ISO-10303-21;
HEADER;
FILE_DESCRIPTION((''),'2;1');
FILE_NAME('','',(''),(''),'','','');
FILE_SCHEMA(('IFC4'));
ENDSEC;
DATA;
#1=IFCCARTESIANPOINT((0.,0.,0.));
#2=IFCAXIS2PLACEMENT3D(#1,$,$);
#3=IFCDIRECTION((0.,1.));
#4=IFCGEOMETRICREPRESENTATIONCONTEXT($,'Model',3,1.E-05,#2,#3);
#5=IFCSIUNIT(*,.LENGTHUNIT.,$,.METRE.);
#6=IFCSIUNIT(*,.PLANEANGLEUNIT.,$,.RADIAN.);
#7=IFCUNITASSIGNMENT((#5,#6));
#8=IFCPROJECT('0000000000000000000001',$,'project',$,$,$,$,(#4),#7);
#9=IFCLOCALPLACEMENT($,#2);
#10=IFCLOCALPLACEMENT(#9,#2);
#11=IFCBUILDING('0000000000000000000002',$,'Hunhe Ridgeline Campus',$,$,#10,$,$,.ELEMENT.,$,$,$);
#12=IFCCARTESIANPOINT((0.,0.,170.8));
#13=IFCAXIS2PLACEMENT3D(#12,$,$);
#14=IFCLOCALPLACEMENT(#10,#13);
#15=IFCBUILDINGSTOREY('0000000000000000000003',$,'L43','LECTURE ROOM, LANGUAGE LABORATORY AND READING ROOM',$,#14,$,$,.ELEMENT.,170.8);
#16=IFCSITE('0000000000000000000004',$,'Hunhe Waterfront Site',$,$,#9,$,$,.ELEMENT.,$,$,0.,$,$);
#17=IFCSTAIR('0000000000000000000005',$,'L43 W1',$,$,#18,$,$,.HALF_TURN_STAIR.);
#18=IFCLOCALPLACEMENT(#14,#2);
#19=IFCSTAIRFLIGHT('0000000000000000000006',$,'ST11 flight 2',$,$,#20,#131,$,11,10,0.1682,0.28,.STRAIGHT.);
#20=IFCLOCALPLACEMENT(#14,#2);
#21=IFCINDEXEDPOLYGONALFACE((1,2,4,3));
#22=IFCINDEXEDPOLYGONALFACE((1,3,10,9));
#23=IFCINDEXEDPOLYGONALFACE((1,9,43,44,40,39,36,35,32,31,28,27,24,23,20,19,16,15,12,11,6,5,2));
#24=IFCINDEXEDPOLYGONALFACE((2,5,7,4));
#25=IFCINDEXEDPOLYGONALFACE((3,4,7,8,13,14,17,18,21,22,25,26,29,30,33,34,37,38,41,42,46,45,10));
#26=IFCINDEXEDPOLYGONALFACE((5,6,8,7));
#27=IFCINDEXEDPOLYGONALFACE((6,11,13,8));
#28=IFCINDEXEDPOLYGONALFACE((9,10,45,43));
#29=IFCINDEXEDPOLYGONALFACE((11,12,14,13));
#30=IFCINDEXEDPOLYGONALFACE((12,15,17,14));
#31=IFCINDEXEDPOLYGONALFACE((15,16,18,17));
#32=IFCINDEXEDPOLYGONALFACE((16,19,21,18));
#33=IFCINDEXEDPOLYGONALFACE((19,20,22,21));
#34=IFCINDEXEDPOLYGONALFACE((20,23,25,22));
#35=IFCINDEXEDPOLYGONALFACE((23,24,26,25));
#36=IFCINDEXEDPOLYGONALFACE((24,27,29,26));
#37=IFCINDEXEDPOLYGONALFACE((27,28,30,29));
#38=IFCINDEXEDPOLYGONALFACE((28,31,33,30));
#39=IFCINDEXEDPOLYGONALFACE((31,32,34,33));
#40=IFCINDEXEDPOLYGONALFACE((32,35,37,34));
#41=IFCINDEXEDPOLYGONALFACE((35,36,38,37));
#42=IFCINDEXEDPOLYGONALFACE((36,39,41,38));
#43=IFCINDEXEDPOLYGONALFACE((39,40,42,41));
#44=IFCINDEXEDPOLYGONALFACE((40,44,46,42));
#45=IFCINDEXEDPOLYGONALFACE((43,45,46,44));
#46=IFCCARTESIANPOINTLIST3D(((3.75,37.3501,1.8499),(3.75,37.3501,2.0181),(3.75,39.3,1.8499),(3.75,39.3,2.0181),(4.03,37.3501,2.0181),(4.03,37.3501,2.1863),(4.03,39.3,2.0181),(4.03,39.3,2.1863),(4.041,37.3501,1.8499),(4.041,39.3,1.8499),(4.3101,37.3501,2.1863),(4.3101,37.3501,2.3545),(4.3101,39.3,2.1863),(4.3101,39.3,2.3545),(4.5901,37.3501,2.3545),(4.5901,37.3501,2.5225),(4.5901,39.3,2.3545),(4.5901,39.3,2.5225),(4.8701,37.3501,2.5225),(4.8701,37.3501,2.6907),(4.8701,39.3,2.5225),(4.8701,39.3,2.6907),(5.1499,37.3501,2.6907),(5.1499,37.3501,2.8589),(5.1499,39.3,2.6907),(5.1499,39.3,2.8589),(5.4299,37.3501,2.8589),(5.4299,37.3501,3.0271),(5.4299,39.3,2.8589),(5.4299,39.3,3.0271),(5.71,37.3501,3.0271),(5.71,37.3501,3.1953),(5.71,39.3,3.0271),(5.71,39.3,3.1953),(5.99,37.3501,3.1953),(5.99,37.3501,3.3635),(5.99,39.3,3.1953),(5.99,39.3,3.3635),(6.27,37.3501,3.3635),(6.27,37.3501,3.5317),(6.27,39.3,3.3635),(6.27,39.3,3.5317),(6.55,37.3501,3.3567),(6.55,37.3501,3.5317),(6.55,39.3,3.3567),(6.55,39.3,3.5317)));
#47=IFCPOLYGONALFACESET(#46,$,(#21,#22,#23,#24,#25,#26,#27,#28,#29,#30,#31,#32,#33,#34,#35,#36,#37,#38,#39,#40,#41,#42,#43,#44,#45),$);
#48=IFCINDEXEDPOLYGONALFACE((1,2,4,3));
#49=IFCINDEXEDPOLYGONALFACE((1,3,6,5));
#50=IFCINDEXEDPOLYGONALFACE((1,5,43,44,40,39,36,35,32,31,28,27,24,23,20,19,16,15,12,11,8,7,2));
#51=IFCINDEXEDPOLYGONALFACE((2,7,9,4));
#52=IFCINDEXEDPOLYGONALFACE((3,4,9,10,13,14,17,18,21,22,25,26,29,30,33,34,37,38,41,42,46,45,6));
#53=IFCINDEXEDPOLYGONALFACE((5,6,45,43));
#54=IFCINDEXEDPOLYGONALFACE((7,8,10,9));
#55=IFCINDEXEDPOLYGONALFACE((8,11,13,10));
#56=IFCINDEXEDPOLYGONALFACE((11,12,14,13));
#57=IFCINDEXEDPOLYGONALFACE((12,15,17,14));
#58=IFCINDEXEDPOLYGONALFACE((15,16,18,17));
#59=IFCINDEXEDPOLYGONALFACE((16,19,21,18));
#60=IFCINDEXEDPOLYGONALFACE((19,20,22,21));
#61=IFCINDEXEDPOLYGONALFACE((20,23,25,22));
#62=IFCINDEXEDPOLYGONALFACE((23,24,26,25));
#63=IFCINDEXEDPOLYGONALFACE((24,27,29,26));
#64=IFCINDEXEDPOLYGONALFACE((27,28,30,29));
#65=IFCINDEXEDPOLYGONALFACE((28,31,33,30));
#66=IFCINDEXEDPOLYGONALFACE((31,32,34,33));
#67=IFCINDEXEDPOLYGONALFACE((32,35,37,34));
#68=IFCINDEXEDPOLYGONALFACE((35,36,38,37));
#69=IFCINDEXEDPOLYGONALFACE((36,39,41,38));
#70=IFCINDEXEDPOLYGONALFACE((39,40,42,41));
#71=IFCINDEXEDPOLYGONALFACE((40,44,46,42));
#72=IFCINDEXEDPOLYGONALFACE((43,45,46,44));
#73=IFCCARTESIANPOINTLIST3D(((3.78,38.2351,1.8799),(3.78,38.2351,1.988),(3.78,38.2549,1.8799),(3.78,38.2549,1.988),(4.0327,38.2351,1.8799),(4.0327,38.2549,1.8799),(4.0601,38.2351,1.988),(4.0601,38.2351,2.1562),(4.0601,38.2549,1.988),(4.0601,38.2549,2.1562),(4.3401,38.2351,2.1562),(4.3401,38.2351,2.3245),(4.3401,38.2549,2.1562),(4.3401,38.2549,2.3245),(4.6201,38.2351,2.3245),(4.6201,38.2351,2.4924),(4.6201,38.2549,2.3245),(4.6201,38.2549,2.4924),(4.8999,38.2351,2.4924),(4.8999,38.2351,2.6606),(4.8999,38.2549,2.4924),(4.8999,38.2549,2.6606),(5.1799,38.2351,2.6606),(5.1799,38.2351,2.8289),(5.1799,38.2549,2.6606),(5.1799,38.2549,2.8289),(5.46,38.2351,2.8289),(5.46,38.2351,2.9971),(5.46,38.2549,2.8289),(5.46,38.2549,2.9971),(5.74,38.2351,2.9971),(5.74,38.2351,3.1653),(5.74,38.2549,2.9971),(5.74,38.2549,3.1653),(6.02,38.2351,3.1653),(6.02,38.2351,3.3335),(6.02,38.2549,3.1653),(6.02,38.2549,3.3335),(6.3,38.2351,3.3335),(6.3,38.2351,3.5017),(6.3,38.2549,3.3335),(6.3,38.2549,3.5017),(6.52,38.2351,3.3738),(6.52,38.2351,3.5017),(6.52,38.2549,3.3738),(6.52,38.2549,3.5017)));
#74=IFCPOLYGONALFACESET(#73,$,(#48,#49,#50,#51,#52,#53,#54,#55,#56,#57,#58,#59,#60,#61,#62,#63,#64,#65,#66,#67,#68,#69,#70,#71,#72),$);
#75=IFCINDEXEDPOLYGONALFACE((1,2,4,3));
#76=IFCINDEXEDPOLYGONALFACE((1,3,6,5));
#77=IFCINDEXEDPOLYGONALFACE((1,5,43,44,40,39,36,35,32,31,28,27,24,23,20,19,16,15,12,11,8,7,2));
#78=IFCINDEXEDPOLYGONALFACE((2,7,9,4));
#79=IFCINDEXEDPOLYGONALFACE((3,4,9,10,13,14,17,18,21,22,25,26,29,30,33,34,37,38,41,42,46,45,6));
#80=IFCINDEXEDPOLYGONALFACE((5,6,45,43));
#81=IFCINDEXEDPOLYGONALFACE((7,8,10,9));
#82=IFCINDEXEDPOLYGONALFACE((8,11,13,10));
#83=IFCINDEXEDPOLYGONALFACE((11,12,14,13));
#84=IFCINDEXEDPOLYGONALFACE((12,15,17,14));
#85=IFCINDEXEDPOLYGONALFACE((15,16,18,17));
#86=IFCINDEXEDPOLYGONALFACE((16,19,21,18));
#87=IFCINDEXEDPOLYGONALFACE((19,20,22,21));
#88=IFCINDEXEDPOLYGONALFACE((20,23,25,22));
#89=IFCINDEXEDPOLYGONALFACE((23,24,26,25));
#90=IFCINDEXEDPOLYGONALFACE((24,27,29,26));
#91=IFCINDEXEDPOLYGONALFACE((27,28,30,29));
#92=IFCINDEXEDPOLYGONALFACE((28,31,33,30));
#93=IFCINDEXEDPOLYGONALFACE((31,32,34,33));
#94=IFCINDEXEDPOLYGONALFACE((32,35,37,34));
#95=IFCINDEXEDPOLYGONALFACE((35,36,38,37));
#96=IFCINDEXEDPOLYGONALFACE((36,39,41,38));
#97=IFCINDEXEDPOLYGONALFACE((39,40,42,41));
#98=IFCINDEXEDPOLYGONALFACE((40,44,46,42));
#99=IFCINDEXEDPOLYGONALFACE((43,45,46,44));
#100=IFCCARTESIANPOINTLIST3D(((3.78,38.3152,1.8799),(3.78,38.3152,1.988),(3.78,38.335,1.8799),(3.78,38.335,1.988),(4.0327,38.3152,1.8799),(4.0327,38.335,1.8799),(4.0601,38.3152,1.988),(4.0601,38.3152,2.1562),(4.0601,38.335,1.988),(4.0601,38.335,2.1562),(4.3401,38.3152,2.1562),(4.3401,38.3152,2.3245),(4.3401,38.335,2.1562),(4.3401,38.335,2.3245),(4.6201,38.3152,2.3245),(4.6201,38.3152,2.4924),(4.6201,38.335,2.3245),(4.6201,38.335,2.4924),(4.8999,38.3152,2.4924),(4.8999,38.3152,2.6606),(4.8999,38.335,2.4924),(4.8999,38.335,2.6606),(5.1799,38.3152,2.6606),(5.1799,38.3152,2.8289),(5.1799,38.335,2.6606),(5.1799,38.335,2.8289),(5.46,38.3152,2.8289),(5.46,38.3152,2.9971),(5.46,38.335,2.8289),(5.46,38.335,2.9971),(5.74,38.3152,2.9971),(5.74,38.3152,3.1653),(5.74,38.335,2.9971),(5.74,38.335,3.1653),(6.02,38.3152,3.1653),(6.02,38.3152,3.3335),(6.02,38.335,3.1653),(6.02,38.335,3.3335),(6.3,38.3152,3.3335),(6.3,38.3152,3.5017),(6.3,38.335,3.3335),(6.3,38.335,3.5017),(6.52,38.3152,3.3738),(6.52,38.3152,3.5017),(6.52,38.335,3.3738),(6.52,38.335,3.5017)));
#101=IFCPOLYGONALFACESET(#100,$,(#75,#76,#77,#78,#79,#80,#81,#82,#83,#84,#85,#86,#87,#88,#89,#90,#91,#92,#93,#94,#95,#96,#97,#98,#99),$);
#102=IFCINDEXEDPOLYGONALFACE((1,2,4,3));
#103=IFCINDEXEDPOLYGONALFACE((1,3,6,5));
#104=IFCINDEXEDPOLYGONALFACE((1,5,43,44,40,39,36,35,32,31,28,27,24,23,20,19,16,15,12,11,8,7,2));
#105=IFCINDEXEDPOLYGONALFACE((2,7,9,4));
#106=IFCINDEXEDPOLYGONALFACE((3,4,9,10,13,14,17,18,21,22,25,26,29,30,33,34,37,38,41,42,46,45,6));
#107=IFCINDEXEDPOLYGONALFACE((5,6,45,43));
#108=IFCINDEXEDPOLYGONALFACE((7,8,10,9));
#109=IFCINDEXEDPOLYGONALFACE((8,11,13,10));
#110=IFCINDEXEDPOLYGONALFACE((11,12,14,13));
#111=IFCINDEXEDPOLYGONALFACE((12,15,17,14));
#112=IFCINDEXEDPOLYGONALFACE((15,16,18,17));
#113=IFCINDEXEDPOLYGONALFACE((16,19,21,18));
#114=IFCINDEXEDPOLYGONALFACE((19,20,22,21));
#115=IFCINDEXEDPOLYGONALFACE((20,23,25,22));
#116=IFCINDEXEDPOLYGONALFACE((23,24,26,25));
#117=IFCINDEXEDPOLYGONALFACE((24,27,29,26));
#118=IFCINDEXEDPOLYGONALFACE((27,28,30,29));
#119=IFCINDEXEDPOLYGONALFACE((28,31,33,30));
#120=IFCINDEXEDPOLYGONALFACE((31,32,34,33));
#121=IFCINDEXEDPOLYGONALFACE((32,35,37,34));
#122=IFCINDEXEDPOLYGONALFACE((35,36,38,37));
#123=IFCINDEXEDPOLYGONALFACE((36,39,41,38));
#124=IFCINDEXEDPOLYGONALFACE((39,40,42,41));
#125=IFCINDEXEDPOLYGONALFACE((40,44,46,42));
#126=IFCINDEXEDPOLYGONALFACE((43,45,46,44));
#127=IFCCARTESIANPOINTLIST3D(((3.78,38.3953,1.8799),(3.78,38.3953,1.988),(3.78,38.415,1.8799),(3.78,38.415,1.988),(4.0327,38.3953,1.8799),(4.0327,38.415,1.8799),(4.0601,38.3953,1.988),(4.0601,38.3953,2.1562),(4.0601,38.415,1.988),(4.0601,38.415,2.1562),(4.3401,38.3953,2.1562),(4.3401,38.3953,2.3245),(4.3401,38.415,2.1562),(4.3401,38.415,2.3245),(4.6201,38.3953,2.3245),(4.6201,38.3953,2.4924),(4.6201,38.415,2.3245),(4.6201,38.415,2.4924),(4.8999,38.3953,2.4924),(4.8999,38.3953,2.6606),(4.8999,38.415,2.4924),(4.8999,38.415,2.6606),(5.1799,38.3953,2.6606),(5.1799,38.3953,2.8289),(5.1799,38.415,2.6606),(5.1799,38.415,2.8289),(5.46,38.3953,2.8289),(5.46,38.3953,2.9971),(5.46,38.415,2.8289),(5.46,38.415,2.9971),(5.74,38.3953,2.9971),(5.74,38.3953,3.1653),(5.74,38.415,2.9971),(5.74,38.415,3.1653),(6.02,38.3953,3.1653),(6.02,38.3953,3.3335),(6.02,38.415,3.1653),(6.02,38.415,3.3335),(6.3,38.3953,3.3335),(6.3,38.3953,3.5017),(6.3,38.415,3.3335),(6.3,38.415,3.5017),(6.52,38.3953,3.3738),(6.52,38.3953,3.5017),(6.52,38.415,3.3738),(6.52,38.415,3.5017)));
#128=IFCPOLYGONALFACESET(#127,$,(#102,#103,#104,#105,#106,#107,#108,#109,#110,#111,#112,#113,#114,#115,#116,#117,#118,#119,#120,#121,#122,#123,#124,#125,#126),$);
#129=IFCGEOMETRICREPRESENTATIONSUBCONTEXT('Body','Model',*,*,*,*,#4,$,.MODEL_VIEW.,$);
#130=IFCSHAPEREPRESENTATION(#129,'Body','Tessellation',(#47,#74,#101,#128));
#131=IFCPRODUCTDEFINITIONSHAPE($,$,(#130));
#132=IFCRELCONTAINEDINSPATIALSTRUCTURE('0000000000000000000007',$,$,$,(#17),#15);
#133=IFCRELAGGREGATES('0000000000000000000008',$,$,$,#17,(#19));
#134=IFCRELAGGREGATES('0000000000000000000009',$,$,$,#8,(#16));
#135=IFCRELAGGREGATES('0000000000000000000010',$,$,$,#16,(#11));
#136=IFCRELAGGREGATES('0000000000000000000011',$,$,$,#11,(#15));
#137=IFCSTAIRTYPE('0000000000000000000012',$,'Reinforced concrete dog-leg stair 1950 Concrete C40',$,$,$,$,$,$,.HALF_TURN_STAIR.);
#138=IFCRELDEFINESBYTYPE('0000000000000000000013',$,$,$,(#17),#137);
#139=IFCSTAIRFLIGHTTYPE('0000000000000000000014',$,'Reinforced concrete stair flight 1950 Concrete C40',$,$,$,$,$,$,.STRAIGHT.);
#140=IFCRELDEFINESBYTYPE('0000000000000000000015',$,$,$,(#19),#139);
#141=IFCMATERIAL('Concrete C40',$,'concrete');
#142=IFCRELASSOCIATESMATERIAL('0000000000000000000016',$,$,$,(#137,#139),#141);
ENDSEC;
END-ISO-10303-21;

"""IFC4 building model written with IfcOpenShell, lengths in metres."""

from ifc_helpers import new_model, si_unit, direction, frame, origin, place, context, subcontext, project, spatial, polyline, outline, extrude, material, type_object, element, aggregate, save


model = new_model("IFC4")

# Units and contexts
model_context = context("Model", 3, precision=1e-05, world=origin(), true_north=direction((0.0, 1.0)))
body_context = subcontext(model_context, "Body", "Model", "MODEL_VIEW")
ifc_project = project(units=[si_unit("LENGTHUNIT", "METRE"), si_unit("PLANEANGLEUNIT", "RADIAN")], contexts=[model_context])

# Site, building, storey
site_placement = place(None, origin())
site = spatial("IfcSite", under=ifc_project, at=site_placement, Name="Hunhe Waterfront Site", CompositionType="ELEMENT", RefElevation=0.0)
building_placement = place(site_placement, origin())
building = spatial("IfcBuilding", under=site, at=building_placement, Name="Hunhe Ridgeline Campus", CompositionType="ELEMENT")
storey_placement = place(building_placement, frame((0.0, 0.0, 170.8)))
storey = spatial("IfcBuildingStorey", under=building, at=storey_placement, Name="L43", Description="LECTURE ROOM, LANGUAGE LABORATORY AND READING ROOM", CompositionType="ELEMENT", Elevation=170.8)

# Shared definitions
ifc_material_1 = material(Name="Concrete C40", Category="concrete")
stair_type = type_object("IfcStairType", Name="Reinforced concrete dog-leg stair 1950 Concrete C40", PredefinedType="HALF_TURN_STAIR", material=ifc_material_1)
stair_flight_type = type_object("IfcStairFlightType", Name="Reinforced concrete stair flight 1950 Concrete C40", PredefinedType="STRAIGHT", material=ifc_material_1)

# Stair, stair flight
stair_1_placement = place(storey_placement, origin())
stair_1 = element("IfcStair", 1, at=stair_1_placement, inside=storey, type_object=stair_type, Name="L43 W1", PredefinedType="HALF_TURN_STAIR")
stair_flight_1_placement = place(storey_placement, frame((3.75, 38.325, 1.8499), z_axis=(0.0, 0.0, 1.0), x_axis=(1.0, 0.0, 0.0)))
stair_flight_1 = element("IfcStairFlight", 2, at=stair_flight_1_placement, type_object=stair_flight_type, Name="ST11 flight 2", NumberOfRisers=11, NumberOfTreads=10, PredefinedType="STRAIGHT", RiserHeight=0.1682, TreadLength=0.28, context=body_context, shape_type="SweptSolid", body=[
    extrude(outline(polyline([(0.0, 0.0), (0.0, 0.1682), (0.28, 0.1682), (0.28, 0.3364), (0.5601, 0.3364), (0.5601, 0.5046), (0.8401, 0.5046), (0.8401, 0.6726), (1.1201, 0.6726), (1.1201, 0.8408), (1.3999, 0.8408), (1.3999, 1.009), (1.6799, 1.009), (1.6799, 1.1772), (1.96, 1.1772), (1.96, 1.3455), (2.24, 1.3455), (2.24, 1.5137), (2.52, 1.5137), (2.52, 1.6819), (2.8, 1.6819), (2.8, 1.8501), (2.8, 1.5068), (0.291, 0.0), (0.0, 0.0)])), frame((0.0, 0.9751, 0.0), z_axis=(0.0, -1.0, 0.0), x_axis=(1.0, 0.0, 0.0)), (0.0, 0.0, 1.0), 1.95),
    extrude(outline(polyline([(0.03, 0.03), (0.03, 0.1382), (0.3101, 0.1382), (0.3101, 0.3064), (0.5901, 0.3064), (0.5901, 0.4746), (0.8701, 0.4746), (0.8701, 0.6426), (1.1499, 0.6426), (1.1499, 0.8108), (1.4299, 0.8108), (1.4299, 0.979), (1.71, 0.979), (1.71, 1.1472), (1.99, 1.1472), (1.99, 1.3154), (2.27, 1.3154), (2.27, 1.4836), (2.55, 1.4836), (2.55, 1.6519), (2.77, 1.6519), (2.77, 1.5239), (0.2827, 0.03), (0.03, 0.03)])), frame((0.0, -0.0701, 0.0), z_axis=(0.0, -1.0, 0.0), x_axis=(1.0, 0.0, 0.0)), (0.0, 0.0, 1.0), 0.0198),
    extrude(outline(polyline([(0.03, 0.03), (0.03, 0.1382), (0.3101, 0.1382), (0.3101, 0.3064), (0.5901, 0.3064), (0.5901, 0.4746), (0.8701, 0.4746), (0.8701, 0.6426), (1.1499, 0.6426), (1.1499, 0.8108), (1.4299, 0.8108), (1.4299, 0.979), (1.71, 0.979), (1.71, 1.1472), (1.99, 1.1472), (1.99, 1.3154), (2.27, 1.3154), (2.27, 1.4836), (2.55, 1.4836), (2.55, 1.6519), (2.77, 1.6519), (2.77, 1.5239), (0.2827, 0.03), (0.03, 0.03)])), frame((0.0, 0.01, 0.0), z_axis=(0.0, -1.0, 0.0), x_axis=(1.0, 0.0, 0.0)), (0.0, 0.0, 1.0), 0.0198),
    extrude(outline(polyline([(0.03, 0.03), (0.03, 0.1382), (0.3101, 0.1382), (0.3101, 0.3064), (0.5901, 0.3064), (0.5901, 0.4746), (0.8701, 0.4746), (0.8701, 0.6426), (1.1499, 0.6426), (1.1499, 0.8108), (1.4299, 0.8108), (1.4299, 0.979), (1.71, 0.979), (1.71, 1.1472), (1.99, 1.1472), (1.99, 1.3154), (2.27, 1.3154), (2.27, 1.4836), (2.55, 1.4836), (2.55, 1.6519), (2.77, 1.6519), (2.77, 1.5239), (0.2827, 0.03), (0.03, 0.03)])), frame((0.0, 0.0901, 0.0), z_axis=(0.0, -1.0, 0.0), x_axis=(1.0, 0.0, 0.0)), (0.0, 0.0, 1.0), 0.0198),
])
aggregate(stair_1, [stair_flight_1])

save(model, "model.ifc")
